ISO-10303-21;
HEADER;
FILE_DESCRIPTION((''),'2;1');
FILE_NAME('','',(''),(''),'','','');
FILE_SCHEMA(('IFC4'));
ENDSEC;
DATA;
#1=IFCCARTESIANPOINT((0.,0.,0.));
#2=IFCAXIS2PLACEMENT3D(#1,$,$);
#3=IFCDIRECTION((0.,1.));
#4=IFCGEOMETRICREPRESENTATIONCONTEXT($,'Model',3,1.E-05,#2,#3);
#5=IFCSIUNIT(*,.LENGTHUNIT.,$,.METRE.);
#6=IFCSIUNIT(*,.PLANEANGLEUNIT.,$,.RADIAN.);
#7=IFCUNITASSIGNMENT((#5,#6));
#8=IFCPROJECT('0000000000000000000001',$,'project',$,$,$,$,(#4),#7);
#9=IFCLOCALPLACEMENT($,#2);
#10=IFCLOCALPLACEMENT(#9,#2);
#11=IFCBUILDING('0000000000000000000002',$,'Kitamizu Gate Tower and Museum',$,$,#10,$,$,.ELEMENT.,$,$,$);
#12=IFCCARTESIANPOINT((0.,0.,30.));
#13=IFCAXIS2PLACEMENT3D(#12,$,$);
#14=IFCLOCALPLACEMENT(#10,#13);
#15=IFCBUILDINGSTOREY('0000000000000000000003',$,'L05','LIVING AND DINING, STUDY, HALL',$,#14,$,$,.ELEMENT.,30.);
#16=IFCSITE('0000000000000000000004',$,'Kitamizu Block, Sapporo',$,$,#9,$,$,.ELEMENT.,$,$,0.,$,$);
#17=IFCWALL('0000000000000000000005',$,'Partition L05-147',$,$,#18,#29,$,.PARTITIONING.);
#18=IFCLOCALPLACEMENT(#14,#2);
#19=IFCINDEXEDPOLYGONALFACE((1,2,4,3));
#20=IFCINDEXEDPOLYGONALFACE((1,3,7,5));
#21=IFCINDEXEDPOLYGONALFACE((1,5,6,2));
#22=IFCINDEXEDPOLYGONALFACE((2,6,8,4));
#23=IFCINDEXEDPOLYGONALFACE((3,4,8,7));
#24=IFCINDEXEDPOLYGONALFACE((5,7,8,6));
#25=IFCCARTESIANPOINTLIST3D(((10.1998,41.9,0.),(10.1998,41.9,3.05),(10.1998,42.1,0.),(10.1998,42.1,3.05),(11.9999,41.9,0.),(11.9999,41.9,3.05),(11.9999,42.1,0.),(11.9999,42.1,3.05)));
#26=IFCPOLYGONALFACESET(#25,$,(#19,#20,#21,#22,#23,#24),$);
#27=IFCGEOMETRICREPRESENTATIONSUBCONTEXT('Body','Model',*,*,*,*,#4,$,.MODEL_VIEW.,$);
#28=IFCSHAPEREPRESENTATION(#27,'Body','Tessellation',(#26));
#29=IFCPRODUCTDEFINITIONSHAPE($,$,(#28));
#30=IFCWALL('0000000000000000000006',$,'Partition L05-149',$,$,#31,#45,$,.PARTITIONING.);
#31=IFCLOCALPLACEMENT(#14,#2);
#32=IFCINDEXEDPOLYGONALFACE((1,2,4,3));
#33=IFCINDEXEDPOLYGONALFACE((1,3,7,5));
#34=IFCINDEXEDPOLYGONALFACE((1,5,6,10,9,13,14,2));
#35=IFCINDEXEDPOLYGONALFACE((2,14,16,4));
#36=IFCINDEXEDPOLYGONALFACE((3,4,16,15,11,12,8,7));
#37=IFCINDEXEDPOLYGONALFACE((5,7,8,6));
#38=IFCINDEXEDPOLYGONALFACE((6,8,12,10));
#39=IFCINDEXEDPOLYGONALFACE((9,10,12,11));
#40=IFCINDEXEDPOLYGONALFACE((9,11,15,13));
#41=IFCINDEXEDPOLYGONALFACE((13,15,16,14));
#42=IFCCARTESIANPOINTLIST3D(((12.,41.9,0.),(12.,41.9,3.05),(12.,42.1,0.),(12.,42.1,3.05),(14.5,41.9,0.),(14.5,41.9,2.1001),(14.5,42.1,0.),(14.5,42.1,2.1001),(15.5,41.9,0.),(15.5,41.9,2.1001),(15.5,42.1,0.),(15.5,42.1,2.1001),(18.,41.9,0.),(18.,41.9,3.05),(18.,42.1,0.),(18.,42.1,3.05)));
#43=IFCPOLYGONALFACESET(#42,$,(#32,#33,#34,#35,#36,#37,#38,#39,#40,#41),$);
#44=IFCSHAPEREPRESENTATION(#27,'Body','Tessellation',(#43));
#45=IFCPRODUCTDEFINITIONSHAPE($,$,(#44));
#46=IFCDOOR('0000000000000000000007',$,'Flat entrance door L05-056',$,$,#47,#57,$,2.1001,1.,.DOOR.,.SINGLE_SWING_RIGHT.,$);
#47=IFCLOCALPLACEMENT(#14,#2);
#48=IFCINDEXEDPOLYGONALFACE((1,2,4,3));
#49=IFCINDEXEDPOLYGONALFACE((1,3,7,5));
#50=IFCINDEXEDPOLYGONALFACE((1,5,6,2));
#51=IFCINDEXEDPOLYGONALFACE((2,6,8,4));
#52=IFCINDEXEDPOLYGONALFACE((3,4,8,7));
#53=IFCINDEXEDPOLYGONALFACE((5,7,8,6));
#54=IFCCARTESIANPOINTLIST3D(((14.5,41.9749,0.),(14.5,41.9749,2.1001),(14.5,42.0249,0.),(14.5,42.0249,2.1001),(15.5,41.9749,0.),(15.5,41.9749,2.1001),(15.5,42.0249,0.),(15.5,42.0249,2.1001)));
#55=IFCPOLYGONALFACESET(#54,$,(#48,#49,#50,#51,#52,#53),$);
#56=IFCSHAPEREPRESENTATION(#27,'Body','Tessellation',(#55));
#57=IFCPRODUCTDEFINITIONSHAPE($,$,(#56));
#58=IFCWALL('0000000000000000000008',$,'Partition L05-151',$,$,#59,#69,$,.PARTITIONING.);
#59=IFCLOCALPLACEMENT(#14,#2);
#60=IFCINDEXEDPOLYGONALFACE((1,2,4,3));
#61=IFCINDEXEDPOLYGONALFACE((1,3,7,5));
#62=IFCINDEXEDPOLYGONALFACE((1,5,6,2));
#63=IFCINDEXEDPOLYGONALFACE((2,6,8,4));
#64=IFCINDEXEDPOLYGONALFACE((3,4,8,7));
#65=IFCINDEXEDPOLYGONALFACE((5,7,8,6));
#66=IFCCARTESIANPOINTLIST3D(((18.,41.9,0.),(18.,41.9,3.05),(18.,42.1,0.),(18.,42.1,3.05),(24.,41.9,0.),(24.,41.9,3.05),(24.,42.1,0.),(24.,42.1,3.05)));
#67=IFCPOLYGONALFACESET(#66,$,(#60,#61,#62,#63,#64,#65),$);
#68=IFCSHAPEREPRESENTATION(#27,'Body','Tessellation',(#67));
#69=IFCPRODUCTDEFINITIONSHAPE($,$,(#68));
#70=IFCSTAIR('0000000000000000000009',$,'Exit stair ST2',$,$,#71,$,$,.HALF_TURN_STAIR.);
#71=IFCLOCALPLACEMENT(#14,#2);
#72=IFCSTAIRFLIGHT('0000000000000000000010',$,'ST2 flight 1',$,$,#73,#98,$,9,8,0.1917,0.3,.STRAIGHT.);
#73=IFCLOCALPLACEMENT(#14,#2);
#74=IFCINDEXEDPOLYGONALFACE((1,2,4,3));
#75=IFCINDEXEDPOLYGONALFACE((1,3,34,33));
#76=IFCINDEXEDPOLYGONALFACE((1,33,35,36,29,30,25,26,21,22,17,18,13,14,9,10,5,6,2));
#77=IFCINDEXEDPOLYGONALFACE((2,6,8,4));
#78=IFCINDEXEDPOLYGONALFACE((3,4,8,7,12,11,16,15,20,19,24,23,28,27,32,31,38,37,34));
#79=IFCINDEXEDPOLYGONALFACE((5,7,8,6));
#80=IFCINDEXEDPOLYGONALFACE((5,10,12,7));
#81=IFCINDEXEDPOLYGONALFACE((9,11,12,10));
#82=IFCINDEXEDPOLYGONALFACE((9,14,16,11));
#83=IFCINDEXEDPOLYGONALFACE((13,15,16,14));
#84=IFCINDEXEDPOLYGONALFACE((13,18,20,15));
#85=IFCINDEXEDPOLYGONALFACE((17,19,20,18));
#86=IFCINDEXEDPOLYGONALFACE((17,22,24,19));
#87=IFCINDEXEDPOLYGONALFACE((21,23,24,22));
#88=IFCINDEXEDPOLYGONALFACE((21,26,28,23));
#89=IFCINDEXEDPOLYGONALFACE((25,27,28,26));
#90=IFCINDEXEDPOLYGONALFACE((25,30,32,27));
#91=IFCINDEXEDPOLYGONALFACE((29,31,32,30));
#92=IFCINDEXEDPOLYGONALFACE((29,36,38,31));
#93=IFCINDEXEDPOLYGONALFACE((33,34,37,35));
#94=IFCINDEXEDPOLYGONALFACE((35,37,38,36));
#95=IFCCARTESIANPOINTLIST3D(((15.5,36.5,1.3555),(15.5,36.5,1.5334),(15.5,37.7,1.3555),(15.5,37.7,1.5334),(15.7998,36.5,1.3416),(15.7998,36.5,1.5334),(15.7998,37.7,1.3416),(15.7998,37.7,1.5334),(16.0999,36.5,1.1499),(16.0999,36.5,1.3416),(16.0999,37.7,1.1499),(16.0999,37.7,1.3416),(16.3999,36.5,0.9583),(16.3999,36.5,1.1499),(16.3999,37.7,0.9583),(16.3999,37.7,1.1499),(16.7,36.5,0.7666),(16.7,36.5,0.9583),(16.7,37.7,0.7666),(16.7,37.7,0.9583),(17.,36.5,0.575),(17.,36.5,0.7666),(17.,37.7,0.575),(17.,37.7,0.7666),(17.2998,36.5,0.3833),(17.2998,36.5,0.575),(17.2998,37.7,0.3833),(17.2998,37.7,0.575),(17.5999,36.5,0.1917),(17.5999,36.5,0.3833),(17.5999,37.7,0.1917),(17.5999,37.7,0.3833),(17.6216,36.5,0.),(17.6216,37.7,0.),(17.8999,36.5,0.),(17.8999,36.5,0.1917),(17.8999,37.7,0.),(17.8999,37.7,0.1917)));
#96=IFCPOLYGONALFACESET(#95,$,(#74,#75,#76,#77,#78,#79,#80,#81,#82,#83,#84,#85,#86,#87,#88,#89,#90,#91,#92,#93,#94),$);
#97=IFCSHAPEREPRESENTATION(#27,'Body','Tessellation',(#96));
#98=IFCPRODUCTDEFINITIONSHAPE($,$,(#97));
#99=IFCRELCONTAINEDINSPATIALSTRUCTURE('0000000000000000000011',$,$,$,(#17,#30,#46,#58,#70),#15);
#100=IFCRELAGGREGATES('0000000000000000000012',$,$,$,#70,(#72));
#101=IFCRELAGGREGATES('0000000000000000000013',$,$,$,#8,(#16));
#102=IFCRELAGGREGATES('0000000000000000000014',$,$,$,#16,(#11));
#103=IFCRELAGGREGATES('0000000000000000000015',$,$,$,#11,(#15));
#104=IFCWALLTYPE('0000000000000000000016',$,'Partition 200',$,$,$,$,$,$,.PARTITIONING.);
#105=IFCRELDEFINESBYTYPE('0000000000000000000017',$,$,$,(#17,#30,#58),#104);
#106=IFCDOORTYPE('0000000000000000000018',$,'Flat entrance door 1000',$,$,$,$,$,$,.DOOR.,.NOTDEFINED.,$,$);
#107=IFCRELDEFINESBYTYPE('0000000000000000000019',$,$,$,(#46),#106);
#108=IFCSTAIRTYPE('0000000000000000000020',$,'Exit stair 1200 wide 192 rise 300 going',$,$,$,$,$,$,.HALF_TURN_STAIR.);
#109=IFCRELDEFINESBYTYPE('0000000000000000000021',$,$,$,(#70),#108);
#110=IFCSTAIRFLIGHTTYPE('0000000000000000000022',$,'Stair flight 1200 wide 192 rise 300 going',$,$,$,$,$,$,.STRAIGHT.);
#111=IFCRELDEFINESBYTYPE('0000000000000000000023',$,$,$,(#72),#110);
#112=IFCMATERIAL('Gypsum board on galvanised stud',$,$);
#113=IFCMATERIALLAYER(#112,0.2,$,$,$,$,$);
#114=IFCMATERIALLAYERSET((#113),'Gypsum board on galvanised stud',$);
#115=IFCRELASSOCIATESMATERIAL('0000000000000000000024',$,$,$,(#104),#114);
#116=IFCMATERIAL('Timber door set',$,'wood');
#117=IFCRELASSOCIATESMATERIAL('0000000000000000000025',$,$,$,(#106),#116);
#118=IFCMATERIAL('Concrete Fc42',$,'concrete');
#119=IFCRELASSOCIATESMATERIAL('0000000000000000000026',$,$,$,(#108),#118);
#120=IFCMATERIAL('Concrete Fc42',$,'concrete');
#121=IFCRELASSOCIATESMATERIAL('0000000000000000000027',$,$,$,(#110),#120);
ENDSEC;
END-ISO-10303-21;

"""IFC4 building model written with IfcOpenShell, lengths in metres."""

from ifc_helpers import new_model, si_unit, direction, frame, frame_2d, origin, place, context, subcontext, project, spatial, polyline, rectangle, outline, extrude, material, layer, layer_set, type_object, element, fill, aggregate, save


model = new_model("IFC4")

# Units and contexts
model_context = context("Model", 3, precision=1e-05, world=origin(), true_north=direction((0.0, 1.0)))
body_context = subcontext(model_context, "Body", "Model", "MODEL_VIEW")
ifc_project = project(units=[si_unit("LENGTHUNIT", "METRE"), si_unit("PLANEANGLEUNIT", "RADIAN")], contexts=[model_context])

# Site, building, storey
site_placement = place(None, origin())
site = spatial("IfcSite", under=ifc_project, at=site_placement, Name="Kitamizu Block, Sapporo", CompositionType="ELEMENT", RefElevation=0.0)
building_placement = place(site_placement, origin())
building = spatial("IfcBuilding", under=site, at=building_placement, Name="Kitamizu Gate Tower and Museum", CompositionType="ELEMENT")
storey_placement = place(building_placement, frame((0.0, 0.0, 30.0)))
storey = spatial("IfcBuildingStorey", under=building, at=storey_placement, Name="L05", Description="LIVING AND DINING, STUDY, HALL", CompositionType="ELEMENT", Elevation=30.0)

# Wall
ifc_material_1 = material(Name="Gypsum board on galvanised stud")
ifc_layer_1 = layer(ifc_material_1, 0.2)
ifc_layer_set_1 = layer_set([ifc_layer_1], Name="Gypsum board on galvanised stud")
wall_type_1 = type_object("IfcWallType", Name="Partition 200", PredefinedType="PARTITIONING", material=ifc_layer_set_1)
wall_1_placement = place(storey_placement, frame((10.2, 42.0, 0.0), z_axis=(0.0, 0.0, 1.0), x_axis=(1.0, 0.0, 0.0)))
element("IfcWall", 1, at=wall_1_placement, inside=storey, type_object=wall_type_1, Name="Partition L05-147", PredefinedType="PARTITIONING", context=body_context, shape_type="SweptSolid", body=[
    extrude(rectangle(XDim=1.8, YDim=0.2, at=frame_2d((0.8999, 0.0))), origin(), (0.0, 0.0, 1.0), 3.05),
])

# Wall, opening, door
wall_2_placement = place(storey_placement, frame((12.0, 42.0, 0.0), z_axis=(0.0, 0.0, 1.0), x_axis=(1.0, 0.0, 0.0)))
wall_2 = element("IfcWall", 2, at=wall_2_placement, inside=storey, type_object=wall_type_1, Name="Partition L05-149", PredefinedType="PARTITIONING", context=body_context, shape_type="SweptSolid", body=[
    extrude(rectangle(XDim=6.0, YDim=0.2, at=frame_2d((3.0, 0.0))), origin(), (0.0, 0.0, 1.0), 3.05),
])
opening_1_placement = place(wall_2_placement, frame((2.5, 0.0, 0.0)))
opening_1 = element("IfcOpeningElement", 3, at=opening_1_placement, cuts=wall_2, PredefinedType="OPENING", context=body_context, shape_type="SweptSolid", body=[
    extrude(rectangle(XDim=1.0, YDim=2.1001, at=frame_2d((0.5, 1.05))), frame((0.0, 0.1099, 0.0), z_axis=(0.0, -1.0, 0.0), x_axis=(1.0, 0.0, 0.0)), (0.0, 0.0, 1.0), 0.22),
])
ifc_material_2 = material(Name="Timber door set", Category="wood")
door_type_1 = type_object("IfcDoorType", Name="Flat entrance door 1000", OperationType="NOTDEFINED", PredefinedType="DOOR", material=ifc_material_2)
door_1_placement = place(opening_1_placement, origin())
door_1 = element("IfcDoor", 4, at=door_1_placement, inside=storey, type_object=door_type_1, Name="Flat entrance door L05-056", OperationType="SINGLE_SWING_RIGHT", OverallHeight=2.1001, OverallWidth=1.0, PredefinedType="DOOR", context=body_context, shape_type="SweptSolid", body=[
    extrude(rectangle(XDim=1.0, YDim=2.1001, at=frame_2d((0.5, 1.05))), frame((0.0, 0.0249, 0.0), z_axis=(0.0, -1.0, 0.0), x_axis=(1.0, 0.0, 0.0)), (0.0, 0.0, 1.0), 0.05),
])
fill(opening_1, door_1)

# Wall
wall_3_placement = place(storey_placement, frame((18.0, 42.0, 0.0), z_axis=(0.0, 0.0, 1.0), x_axis=(1.0, 0.0, 0.0)))
element("IfcWall", 5, at=wall_3_placement, inside=storey, type_object=wall_type_1, Name="Partition L05-151", PredefinedType="PARTITIONING", context=body_context, shape_type="SweptSolid", body=[
    extrude(rectangle(XDim=6.0, YDim=0.2, at=frame_2d((3.0, 0.0))), origin(), (0.0, 0.0, 1.0), 3.05),
])

# Stair, stair flight
ifc_material_3 = material(Name="Concrete Fc42", Category="concrete")
stair_type = type_object("IfcStairType", Name="Exit stair 1200 wide 192 rise 300 going", PredefinedType="HALF_TURN_STAIR", material=ifc_material_3)
stair_placement = place(storey_placement, origin())
stair = element("IfcStair", 6, at=stair_placement, inside=storey, type_object=stair_type, Name="Exit stair ST2", PredefinedType="HALF_TURN_STAIR")
ifc_material_4 = material(Name="Concrete Fc42", Category="concrete")
stair_flight_type = type_object("IfcStairFlightType", Name="Stair flight 1200 wide 192 rise 300 going", PredefinedType="STRAIGHT", material=ifc_material_4)
stair_flight_placement = place(storey_placement, frame((17.8999, 37.1001, 0.0), z_axis=(0.0, 0.0, 1.0), x_axis=(-1.0, 0.0, 0.0)))
stair_flight = element("IfcStairFlight", 7, at=stair_flight_placement, type_object=stair_flight_type, Name="ST2 flight 1", NumberOfRisers=9, NumberOfTreads=8, PredefinedType="STRAIGHT", RiserHeight=0.1917, TreadLength=0.3, context=body_context, shape_type="SweptSolid", body=[
    extrude(outline(polyline([(0.0, 0.0), (0.0, 0.1917), (0.3, 0.1917), (0.3, 0.3833), (0.6001, 0.3833), (0.6001, 0.575), (0.8999, 0.575), (0.8999, 0.7666), (1.2, 0.7666), (1.2, 0.9583), (1.5, 0.9583), (1.5, 1.1499), (1.8, 1.1499), (1.8, 1.3416), (2.1001, 1.3416), (2.1001, 1.5334), (2.3999, 1.5334), (2.3999, 1.7251), (2.3999, 1.3555), (0.2783, 0.0), (0.0, 0.0)])), frame((0.0, 0.6001, 0.0), z_axis=(0.0, -1.0, 0.0), x_axis=(1.0, 0.0, 0.0)), (0.0, 0.0, 1.0), 1.2),
])
aggregate(stair, [stair_flight])

save(model, "model.ifc")
